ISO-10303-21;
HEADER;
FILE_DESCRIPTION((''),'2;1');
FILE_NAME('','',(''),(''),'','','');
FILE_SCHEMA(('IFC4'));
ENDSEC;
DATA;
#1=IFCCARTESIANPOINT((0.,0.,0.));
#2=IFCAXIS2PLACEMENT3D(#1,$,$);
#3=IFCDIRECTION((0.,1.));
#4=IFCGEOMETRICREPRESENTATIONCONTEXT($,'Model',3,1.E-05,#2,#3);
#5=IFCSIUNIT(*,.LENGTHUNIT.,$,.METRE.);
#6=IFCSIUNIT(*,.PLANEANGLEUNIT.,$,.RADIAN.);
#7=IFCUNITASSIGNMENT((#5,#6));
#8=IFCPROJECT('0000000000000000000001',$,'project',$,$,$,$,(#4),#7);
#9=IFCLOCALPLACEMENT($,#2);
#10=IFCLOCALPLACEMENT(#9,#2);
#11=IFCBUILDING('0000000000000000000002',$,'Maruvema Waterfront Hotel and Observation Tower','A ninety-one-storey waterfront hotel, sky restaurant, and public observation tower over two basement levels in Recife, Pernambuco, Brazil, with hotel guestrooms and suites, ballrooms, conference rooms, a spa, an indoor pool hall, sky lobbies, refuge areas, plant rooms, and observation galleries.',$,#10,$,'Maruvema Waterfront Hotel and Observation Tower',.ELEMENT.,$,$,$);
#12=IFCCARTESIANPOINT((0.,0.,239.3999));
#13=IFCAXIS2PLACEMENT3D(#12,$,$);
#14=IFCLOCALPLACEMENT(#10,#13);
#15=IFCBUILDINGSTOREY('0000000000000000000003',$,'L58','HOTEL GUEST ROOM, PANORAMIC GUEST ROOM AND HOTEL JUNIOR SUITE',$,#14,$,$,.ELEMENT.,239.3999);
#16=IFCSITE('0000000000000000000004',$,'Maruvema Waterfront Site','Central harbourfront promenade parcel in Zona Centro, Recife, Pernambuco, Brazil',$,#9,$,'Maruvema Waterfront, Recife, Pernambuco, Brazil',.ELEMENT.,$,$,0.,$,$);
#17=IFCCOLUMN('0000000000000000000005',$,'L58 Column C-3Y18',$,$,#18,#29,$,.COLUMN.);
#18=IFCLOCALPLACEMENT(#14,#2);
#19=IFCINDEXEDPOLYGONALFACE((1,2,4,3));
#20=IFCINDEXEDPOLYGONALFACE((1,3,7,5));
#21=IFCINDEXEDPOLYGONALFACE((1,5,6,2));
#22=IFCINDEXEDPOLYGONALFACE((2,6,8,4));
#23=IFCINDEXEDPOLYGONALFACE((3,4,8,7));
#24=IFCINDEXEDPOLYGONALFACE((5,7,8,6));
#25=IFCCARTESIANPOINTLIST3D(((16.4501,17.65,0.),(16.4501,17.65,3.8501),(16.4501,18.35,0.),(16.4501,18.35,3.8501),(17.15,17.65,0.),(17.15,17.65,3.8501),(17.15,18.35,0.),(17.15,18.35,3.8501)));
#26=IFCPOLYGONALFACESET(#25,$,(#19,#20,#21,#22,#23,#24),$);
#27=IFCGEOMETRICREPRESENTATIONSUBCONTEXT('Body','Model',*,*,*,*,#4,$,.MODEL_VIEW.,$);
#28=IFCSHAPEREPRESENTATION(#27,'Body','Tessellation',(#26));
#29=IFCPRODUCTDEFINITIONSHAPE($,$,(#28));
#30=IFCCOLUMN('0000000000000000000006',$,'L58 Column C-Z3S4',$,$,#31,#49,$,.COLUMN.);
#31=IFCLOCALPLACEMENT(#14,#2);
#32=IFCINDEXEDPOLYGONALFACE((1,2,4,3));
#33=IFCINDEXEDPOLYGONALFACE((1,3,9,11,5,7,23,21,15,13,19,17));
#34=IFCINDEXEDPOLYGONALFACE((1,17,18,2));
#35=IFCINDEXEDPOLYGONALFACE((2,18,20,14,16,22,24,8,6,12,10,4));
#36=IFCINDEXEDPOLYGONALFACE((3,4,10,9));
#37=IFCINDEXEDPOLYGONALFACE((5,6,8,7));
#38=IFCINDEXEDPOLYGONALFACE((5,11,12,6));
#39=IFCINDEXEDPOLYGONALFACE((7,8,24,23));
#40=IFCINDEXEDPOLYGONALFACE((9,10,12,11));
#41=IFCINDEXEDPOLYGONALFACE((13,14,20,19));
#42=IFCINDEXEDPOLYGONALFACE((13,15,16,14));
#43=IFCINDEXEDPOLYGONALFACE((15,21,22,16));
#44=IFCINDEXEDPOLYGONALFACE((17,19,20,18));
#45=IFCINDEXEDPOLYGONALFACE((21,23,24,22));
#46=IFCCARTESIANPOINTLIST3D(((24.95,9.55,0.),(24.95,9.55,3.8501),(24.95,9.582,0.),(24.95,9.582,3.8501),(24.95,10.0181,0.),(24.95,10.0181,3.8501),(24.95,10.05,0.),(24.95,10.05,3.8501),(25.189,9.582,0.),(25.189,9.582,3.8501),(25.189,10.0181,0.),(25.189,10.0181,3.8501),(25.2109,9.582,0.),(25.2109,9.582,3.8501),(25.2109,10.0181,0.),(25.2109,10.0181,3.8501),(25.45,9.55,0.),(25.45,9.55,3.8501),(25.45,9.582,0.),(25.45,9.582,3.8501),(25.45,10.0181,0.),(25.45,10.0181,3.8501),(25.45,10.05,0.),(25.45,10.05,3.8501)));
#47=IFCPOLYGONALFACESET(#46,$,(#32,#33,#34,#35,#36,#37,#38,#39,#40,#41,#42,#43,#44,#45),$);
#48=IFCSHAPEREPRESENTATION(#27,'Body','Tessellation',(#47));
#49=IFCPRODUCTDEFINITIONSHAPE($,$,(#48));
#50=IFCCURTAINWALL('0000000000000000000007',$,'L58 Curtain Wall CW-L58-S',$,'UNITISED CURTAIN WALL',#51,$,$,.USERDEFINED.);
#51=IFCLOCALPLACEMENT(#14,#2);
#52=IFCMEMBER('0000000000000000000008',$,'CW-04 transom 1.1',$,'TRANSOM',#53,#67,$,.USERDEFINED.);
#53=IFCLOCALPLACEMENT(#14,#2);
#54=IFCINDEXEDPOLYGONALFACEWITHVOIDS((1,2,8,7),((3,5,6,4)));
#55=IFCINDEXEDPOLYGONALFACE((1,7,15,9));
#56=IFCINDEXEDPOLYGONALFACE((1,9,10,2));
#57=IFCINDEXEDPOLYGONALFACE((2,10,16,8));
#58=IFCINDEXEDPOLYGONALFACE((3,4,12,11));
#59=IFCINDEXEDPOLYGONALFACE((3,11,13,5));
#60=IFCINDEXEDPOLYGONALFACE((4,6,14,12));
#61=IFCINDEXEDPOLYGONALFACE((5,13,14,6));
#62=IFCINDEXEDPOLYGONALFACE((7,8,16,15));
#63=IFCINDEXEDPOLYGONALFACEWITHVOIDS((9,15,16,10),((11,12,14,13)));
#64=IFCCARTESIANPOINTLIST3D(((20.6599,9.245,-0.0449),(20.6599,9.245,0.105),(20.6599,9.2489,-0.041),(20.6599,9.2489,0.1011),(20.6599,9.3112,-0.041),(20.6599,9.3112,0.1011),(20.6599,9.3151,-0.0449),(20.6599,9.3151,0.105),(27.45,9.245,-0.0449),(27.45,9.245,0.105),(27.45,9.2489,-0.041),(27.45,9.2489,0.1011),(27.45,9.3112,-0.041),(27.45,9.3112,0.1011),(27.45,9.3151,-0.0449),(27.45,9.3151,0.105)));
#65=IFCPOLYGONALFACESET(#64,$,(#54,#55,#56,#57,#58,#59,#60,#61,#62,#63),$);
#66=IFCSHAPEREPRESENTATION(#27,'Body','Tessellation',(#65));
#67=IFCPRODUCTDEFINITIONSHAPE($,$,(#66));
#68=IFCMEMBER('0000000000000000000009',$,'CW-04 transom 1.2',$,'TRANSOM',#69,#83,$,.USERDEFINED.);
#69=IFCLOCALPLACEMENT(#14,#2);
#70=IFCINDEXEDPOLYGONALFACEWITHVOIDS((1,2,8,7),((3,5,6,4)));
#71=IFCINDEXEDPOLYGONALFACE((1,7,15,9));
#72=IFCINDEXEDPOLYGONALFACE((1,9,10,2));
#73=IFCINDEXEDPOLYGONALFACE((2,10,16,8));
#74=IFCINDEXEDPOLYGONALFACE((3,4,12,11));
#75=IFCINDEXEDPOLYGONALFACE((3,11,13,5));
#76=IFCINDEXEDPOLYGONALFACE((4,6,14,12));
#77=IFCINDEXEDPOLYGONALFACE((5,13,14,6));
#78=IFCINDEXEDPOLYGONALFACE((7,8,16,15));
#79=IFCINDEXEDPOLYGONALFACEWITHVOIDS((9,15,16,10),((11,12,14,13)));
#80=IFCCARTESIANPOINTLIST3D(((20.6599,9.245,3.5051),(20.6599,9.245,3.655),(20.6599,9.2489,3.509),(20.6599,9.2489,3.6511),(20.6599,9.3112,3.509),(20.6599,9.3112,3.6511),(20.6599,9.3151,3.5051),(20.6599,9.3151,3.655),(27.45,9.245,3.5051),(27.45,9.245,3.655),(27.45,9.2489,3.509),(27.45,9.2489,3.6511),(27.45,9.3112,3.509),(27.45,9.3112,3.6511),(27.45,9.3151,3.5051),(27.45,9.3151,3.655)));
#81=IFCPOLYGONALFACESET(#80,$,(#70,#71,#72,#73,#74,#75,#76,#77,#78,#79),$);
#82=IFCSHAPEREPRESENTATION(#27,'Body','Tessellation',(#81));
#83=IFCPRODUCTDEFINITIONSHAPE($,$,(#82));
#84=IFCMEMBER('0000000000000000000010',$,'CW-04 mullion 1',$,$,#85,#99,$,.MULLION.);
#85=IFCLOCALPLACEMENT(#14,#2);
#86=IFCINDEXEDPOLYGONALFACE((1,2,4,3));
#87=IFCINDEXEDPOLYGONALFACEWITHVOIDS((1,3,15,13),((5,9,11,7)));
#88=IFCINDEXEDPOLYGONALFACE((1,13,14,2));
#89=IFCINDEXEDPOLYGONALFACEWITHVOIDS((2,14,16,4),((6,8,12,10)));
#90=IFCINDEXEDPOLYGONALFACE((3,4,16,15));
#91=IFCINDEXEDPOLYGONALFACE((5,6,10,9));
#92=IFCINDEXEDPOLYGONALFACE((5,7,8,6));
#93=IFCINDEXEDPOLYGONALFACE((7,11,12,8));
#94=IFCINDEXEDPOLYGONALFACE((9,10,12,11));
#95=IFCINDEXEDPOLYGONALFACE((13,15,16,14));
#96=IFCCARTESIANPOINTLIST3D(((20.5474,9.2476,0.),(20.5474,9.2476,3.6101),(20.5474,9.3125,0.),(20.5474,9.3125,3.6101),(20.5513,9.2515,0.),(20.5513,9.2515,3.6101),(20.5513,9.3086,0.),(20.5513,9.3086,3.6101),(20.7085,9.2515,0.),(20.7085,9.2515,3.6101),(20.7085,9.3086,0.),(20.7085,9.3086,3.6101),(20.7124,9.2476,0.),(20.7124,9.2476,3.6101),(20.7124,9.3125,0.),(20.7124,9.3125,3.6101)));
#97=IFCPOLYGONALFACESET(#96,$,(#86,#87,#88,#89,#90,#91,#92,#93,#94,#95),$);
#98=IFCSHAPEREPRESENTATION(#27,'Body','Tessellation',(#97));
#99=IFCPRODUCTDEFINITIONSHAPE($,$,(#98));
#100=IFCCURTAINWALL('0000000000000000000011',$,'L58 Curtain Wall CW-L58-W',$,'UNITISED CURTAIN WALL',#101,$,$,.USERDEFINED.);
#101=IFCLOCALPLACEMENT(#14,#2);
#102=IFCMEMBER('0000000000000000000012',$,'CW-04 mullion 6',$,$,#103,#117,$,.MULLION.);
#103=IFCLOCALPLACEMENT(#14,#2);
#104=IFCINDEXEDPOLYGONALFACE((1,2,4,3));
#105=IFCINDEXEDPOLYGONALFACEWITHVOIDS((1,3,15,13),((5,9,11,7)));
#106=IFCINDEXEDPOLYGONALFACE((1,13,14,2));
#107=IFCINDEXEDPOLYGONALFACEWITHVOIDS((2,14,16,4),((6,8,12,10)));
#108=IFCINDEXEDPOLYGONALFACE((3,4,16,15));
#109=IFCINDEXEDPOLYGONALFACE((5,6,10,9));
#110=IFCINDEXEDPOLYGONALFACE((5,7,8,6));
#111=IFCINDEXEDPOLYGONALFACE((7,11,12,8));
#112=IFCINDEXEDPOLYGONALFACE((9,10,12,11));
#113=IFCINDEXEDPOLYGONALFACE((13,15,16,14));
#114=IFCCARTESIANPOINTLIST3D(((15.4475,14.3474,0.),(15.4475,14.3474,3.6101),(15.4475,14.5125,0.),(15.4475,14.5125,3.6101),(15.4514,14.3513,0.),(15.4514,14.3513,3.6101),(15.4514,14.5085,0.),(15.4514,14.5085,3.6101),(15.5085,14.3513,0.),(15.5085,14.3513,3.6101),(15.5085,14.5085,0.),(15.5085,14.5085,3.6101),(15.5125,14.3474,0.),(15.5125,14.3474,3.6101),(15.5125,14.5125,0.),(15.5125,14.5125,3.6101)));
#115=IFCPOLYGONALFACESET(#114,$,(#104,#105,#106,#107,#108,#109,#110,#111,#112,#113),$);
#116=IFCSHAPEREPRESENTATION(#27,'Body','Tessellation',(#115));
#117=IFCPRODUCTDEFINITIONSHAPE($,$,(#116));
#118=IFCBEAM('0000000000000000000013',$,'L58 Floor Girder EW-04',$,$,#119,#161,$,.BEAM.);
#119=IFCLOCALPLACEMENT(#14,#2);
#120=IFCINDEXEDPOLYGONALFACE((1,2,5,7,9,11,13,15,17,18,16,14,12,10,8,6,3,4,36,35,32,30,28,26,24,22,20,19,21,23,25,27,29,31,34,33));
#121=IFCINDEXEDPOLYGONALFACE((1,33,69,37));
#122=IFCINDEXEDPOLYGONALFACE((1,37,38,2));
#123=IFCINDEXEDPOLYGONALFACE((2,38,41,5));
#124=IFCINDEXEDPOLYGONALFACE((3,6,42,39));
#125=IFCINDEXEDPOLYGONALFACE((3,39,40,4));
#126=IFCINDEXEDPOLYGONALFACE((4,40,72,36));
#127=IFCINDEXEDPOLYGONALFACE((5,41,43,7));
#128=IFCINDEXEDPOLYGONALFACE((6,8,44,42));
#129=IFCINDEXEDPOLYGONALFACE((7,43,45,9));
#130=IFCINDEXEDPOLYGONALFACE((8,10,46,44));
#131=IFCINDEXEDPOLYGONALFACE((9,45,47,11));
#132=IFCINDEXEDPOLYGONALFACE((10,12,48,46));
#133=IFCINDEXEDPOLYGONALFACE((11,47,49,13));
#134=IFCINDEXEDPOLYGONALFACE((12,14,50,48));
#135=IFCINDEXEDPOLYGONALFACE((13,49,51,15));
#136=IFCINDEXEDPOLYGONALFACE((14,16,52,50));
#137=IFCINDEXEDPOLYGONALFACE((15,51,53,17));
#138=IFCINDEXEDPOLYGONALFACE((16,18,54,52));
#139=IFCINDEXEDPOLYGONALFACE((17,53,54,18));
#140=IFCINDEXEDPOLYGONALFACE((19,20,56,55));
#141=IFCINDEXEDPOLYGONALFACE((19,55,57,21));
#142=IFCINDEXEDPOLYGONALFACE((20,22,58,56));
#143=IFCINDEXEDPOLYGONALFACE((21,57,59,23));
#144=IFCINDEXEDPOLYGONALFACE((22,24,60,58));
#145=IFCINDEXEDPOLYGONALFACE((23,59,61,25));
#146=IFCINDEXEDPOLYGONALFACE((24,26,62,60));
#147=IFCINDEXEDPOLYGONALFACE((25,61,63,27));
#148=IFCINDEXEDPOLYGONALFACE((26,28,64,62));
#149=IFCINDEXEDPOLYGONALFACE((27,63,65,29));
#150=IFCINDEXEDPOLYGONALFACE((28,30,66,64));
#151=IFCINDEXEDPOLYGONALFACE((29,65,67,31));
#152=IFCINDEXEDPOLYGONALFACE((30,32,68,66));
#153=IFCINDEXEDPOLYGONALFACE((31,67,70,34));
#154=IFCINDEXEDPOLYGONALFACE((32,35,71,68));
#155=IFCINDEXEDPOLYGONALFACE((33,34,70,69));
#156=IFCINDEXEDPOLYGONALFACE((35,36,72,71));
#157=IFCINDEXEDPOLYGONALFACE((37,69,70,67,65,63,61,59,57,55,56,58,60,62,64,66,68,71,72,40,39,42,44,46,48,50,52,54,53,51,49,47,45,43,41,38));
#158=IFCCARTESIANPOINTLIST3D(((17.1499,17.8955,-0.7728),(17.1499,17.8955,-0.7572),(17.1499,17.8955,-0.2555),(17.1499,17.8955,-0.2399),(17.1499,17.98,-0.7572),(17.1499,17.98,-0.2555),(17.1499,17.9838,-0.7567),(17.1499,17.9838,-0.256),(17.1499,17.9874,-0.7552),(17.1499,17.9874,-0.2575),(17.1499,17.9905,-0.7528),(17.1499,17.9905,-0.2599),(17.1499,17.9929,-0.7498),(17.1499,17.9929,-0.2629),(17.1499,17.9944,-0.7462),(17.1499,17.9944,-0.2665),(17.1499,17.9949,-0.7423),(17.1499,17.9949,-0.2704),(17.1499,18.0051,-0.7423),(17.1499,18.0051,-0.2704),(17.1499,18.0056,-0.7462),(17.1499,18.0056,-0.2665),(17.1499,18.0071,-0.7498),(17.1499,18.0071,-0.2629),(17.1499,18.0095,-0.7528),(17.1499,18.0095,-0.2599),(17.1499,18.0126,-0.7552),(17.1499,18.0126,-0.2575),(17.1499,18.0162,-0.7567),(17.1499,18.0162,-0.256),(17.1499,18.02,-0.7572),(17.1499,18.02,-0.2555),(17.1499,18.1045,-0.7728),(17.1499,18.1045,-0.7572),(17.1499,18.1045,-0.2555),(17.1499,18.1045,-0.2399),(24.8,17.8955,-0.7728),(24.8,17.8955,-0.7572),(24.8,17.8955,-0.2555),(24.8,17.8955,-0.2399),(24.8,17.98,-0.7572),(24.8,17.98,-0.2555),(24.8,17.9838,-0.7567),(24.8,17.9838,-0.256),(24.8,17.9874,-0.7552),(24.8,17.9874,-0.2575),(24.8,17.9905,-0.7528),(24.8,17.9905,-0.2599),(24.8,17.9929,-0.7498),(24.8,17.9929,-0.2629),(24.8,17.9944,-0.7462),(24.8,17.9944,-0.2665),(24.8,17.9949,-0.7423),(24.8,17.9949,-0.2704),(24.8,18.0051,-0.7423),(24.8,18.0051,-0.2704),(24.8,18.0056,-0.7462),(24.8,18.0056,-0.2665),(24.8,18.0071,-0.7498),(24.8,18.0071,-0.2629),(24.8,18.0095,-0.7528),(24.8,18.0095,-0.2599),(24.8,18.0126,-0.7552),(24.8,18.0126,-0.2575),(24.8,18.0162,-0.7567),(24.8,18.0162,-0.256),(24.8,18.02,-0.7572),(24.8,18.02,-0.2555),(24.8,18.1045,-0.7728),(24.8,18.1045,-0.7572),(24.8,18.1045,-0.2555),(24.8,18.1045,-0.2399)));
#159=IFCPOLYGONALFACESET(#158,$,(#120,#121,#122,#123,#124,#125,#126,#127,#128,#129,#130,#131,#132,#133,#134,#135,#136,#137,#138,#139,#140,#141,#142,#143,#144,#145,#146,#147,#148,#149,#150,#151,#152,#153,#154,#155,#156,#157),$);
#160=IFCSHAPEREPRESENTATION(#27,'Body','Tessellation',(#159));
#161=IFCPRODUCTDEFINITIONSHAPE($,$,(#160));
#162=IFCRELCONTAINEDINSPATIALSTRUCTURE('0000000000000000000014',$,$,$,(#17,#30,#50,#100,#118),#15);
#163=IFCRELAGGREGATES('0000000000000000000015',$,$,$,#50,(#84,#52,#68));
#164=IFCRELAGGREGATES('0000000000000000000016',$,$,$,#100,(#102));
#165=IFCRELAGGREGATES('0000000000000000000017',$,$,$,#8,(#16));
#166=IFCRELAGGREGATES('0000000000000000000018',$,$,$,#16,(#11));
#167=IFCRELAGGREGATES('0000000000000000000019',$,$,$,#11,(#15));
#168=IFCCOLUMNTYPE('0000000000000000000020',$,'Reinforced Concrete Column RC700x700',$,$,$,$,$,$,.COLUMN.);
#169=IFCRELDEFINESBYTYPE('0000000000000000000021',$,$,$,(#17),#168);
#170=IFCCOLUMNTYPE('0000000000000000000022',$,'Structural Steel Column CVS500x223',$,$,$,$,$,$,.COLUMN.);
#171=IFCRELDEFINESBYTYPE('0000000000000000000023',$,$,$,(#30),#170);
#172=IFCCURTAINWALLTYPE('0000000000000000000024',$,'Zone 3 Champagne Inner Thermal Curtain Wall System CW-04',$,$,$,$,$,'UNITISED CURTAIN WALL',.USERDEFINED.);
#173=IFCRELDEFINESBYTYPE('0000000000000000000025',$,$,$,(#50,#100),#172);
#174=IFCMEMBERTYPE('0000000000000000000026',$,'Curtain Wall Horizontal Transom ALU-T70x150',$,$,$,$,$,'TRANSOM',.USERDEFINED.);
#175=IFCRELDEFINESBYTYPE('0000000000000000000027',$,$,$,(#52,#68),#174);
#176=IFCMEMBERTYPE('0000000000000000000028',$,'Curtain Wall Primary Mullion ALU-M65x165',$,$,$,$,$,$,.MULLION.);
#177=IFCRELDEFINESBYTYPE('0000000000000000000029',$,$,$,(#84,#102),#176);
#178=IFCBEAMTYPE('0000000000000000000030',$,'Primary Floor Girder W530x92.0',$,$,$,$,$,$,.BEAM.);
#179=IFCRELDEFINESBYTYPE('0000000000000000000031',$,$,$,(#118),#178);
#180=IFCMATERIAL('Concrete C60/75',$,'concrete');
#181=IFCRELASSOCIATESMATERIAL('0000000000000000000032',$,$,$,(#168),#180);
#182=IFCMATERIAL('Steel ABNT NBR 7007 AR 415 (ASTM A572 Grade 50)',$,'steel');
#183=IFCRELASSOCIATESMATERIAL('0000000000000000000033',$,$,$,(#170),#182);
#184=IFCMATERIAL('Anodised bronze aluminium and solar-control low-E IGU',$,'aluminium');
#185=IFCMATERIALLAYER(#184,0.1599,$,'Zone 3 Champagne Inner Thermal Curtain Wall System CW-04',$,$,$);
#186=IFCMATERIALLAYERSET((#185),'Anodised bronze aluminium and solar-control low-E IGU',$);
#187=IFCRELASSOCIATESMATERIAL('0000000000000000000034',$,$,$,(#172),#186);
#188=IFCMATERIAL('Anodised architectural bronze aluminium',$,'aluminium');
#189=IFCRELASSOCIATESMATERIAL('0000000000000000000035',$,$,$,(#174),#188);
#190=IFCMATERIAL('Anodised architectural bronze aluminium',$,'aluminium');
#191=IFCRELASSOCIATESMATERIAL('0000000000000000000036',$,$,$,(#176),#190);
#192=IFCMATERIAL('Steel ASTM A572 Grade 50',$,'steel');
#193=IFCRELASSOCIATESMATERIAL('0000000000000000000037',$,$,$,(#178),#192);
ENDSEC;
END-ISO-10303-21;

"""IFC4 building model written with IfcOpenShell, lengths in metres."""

from ifc_helpers import new_model, si_unit, direction, frame, origin, origin_2d, place, context, subcontext, project, spatial, rectangle, hollow_rectangle, i_section, extrude, material, layer, layer_set, material_profile, profile_set, type_object, element, aggregate, save


model = new_model("IFC4")

# Units and contexts
model_context = context("Model", 3, precision=1e-05, world=origin(), true_north=direction((0.0, 1.0)))
body_context = subcontext(model_context, "Body", "Model", "MODEL_VIEW")
ifc_project = project(units=[si_unit("LENGTHUNIT", "METRE"), si_unit("PLANEANGLEUNIT", "RADIAN")], contexts=[model_context])

# Site, building, storey
site_placement = place(None, origin())
site = spatial("IfcSite", under=ifc_project, at=site_placement, Name="Maruvema Waterfront Site", Description="Central harbourfront promenade parcel in Zona Centro, Recife, Pernambuco, Brazil", LongName="Maruvema Waterfront, Recife, Pernambuco, Brazil", CompositionType="ELEMENT", RefElevation=0.0)
building_placement = place(site_placement, origin())
building = spatial("IfcBuilding", under=site, at=building_placement, Name="Maruvema Waterfront Hotel and Observation Tower", Description="A ninety-one-storey waterfront hotel, sky restaurant, and public observation tower over two basement levels in Recife, Pernambuco, Brazil, with hotel guestrooms and suites, ballrooms, conference rooms, a spa, an indoor pool hall, sky lobbies, refuge areas, plant rooms, and observation galleries.", LongName="Maruvema Waterfront Hotel and Observation Tower", CompositionType="ELEMENT")
storey_placement = place(building_placement, frame((0.0, 0.0, 239.3999)))
storey = spatial("IfcBuildingStorey", under=building, at=storey_placement, Name="L58", Description="HOTEL GUEST ROOM, PANORAMIC GUEST ROOM AND HOTEL JUNIOR SUITE", CompositionType="ELEMENT", Elevation=239.3999)

# Columns
ifc_material_1 = material(Name="Concrete C60/75", Category="concrete")
ifc_material_profile_1 = material_profile(ifc_material_1, rectangle(XDim=0.7, YDim=0.7, at=origin_2d()), Name="RC700x700")
ifc_profile_set_1 = profile_set([ifc_material_profile_1], Name="Concrete C60/75")
column_type_1 = type_object("IfcColumnType", Name="Reinforced Concrete Column RC700x700", PredefinedType="COLUMN", material=ifc_profile_set_1)
column_1_placement = place(storey_placement, frame((16.8, 18.0, 0.0), z_axis=(0.0, 0.0, 1.0), x_axis=(1.0, 0.0, 0.0)))
element("IfcColumn", 1, at=column_1_placement, inside=storey, type_object=column_type_1, Name="L58 Column C-3Y18", PredefinedType="COLUMN", context=body_context, shape_type="SweptSolid", body=[
    extrude(rectangle(XDim=0.7, YDim=0.7, at=origin_2d()), origin(), (0.0, 0.0, 1.0), 3.8501),
])
ifc_material_2 = material(Name="Steel ABNT NBR 7007 AR 415 (ASTM A572 Grade 50)", Category="steel")
ifc_material_profile_2 = material_profile(ifc_material_2, i_section(OverallWidth=0.5, OverallDepth=0.5, WebThickness=0.022, FlangeThickness=0.032, at=origin_2d()), Name="CVS500x223")
ifc_profile_set_2 = profile_set([ifc_material_profile_2], Name="Steel ABNT NBR 7007 AR 415 (ASTM A572 Grade 50)")
column_type_2 = type_object("IfcColumnType", Name="Structural Steel Column CVS500x223", PredefinedType="COLUMN", material=ifc_profile_set_2)
column_2_placement = place(storey_placement, frame((25.2, 9.8, 0.0), z_axis=(0.0, 0.0, 1.0), x_axis=(1.0, 0.0, 0.0)))
element("IfcColumn", 2, at=column_2_placement, inside=storey, type_object=column_type_2, Name="L58 Column C-Z3S4", PredefinedType="COLUMN", context=body_context, shape_type="SweptSolid", body=[
    extrude(i_section(OverallWidth=0.5, OverallDepth=0.5, WebThickness=0.022, FlangeThickness=0.032, at=origin_2d()), origin(), (0.0, 0.0, 1.0), 3.8501),
])

# Curtain wall, members
ifc_material_3 = material(Name="Anodised bronze aluminium and solar-control low-E IGU", Category="aluminium")
ifc_layer_1 = layer(ifc_material_3, 0.1599, Name="Zone 3 Champagne Inner Thermal Curtain Wall System CW-04")
ifc_layer_set_1 = layer_set([ifc_layer_1], Name="Anodised bronze aluminium and solar-control low-E IGU")
curtain_wall_type = type_object("IfcCurtainWallType", Name="Zone 3 Champagne Inner Thermal Curtain Wall System CW-04", ElementType="UNITISED CURTAIN WALL", PredefinedType="USERDEFINED", material=ifc_layer_set_1)
curtain_wall_1_placement = place(storey_placement, origin())
curtain_wall_1 = element("IfcCurtainWall", 3, at=curtain_wall_1_placement, inside=storey, type_object=curtain_wall_type, Name="L58 Curtain Wall CW-L58-S", ObjectType="UNITISED CURTAIN WALL", PredefinedType="USERDEFINED")
ifc_material_4 = material(Name="Anodised architectural bronze aluminium", Category="aluminium")
ifc_material_profile_3 = material_profile(ifc_material_4, hollow_rectangle(XDim=0.0701, YDim=0.1499, WallThickness=0.0039, at=origin_2d()), Name="ALU-T70x150")
ifc_profile_set_3 = profile_set([ifc_material_profile_3], Name="Anodised architectural bronze aluminium")
member_type_1 = type_object("IfcMemberType", Name="Curtain Wall Horizontal Transom ALU-T70x150", ElementType="TRANSOM", PredefinedType="USERDEFINED", material=ifc_profile_set_3)
member_1_placement = place(storey_placement, frame((20.6599, 9.28, 0.03), z_axis=(1.0, 0.0, 0.0), x_axis=(0.0, 1.0, 0.0)))
member_1 = element("IfcMember", 4, at=member_1_placement, type_object=member_type_1, Name="CW-04 transom 1.1", ObjectType="TRANSOM", PredefinedType="USERDEFINED", context=body_context, shape_type="SweptSolid", body=[
    extrude(hollow_rectangle(XDim=0.0701, YDim=0.1499, WallThickness=0.0039, at=origin_2d()), origin(), (0.0, 0.0, 1.0), 6.79),
])
member_2_placement = place(storey_placement, frame((20.6599, 9.28, 3.5801), z_axis=(1.0, 0.0, 0.0), x_axis=(0.0, 1.0, 0.0)))
member_2 = element("IfcMember", 5, at=member_2_placement, type_object=member_type_1, Name="CW-04 transom 1.2", ObjectType="TRANSOM", PredefinedType="USERDEFINED", context=body_context, shape_type="SweptSolid", body=[
    extrude(hollow_rectangle(XDim=0.0701, YDim=0.1499, WallThickness=0.0039, at=origin_2d()), origin(), (0.0, 0.0, 1.0), 6.79),
])
ifc_material_5 = material(Name="Anodised architectural bronze aluminium", Category="aluminium")
ifc_material_profile_4 = material_profile(ifc_material_5, hollow_rectangle(XDim=0.0649, YDim=0.165, WallThickness=0.0039, at=origin_2d()), Name="ALU-M65x165")
ifc_profile_set_4 = profile_set([ifc_material_profile_4], Name="Anodised architectural bronze aluminium")
member_type_2 = type_object("IfcMemberType", Name="Curtain Wall Primary Mullion ALU-M65x165", PredefinedType="MULLION", material=ifc_profile_set_4)
member_3_placement = place(storey_placement, frame((20.6299, 9.28, 0.0), z_axis=(0.0, 0.0, 1.0), x_axis=(0.0, 1.0, 0.0)))
member_3 = element("IfcMember", 6, at=member_3_placement, type_object=member_type_2, Name="CW-04 mullion 1", PredefinedType="MULLION", context=body_context, shape_type="SweptSolid", body=[
    extrude(hollow_rectangle(XDim=0.0649, YDim=0.165, WallThickness=0.0039, at=origin_2d()), origin(), (0.0, 0.0, 1.0), 3.6101),
])

# Curtain wall, member
curtain_wall_2_placement = place(storey_placement, origin())
curtain_wall_2 = element("IfcCurtainWall", 7, at=curtain_wall_2_placement, inside=storey, type_object=curtain_wall_type, Name="L58 Curtain Wall CW-L58-W", ObjectType="UNITISED CURTAIN WALL", PredefinedType="USERDEFINED")
member_4_placement = place(storey_placement, frame((15.48, 14.4299, 0.0), z_axis=(0.0, 0.0, 1.0), x_axis=(1.0, 0.0, 0.0)))
member_4 = element("IfcMember", 8, at=member_4_placement, type_object=member_type_2, Name="CW-04 mullion 6", PredefinedType="MULLION", context=body_context, shape_type="SweptSolid", body=[
    extrude(hollow_rectangle(XDim=0.0649, YDim=0.165, WallThickness=0.0039, at=origin_2d()), origin(), (0.0, 0.0, 1.0), 3.6101),
])

# Beam
ifc_material_6 = material(Name="Steel ASTM A572 Grade 50", Category="steel")
ifc_material_profile_5 = material_profile(ifc_material_6, i_section(OverallWidth=0.209, OverallDepth=0.533, WebThickness=0.0103, FlangeThickness=0.0156, FilletRadius=0.0149, at=origin_2d()), Name="W530x92.0")
ifc_profile_set_5 = profile_set([ifc_material_profile_5], Name="Steel ASTM A572 Grade 50")
beam_type_1 = type_object("IfcBeamType", Name="Primary Floor Girder W530x92.0", PredefinedType="BEAM", material=ifc_profile_set_5)
beam_1_placement = place(storey_placement, frame((17.1499, 18.0, -0.5063), z_axis=(1.0, 0.0, 0.0), x_axis=(0.0, 1.0, 0.0)))
element("IfcBeam", 9, at=beam_1_placement, inside=storey, type_object=beam_type_1, Name="L58 Floor Girder EW-04", PredefinedType="BEAM", context=body_context, shape_type="SweptSolid", body=[
    extrude(i_section(OverallWidth=0.209, OverallDepth=0.533, WebThickness=0.0103, FlangeThickness=0.0156, FilletRadius=0.0149, at=origin_2d()), origin(), (0.0, 0.0, 1.0), 7.6501),
])

aggregate(curtain_wall_1, [member_3, member_1, member_2])
aggregate(curtain_wall_2, [member_4])

save(model, "model.ifc")
